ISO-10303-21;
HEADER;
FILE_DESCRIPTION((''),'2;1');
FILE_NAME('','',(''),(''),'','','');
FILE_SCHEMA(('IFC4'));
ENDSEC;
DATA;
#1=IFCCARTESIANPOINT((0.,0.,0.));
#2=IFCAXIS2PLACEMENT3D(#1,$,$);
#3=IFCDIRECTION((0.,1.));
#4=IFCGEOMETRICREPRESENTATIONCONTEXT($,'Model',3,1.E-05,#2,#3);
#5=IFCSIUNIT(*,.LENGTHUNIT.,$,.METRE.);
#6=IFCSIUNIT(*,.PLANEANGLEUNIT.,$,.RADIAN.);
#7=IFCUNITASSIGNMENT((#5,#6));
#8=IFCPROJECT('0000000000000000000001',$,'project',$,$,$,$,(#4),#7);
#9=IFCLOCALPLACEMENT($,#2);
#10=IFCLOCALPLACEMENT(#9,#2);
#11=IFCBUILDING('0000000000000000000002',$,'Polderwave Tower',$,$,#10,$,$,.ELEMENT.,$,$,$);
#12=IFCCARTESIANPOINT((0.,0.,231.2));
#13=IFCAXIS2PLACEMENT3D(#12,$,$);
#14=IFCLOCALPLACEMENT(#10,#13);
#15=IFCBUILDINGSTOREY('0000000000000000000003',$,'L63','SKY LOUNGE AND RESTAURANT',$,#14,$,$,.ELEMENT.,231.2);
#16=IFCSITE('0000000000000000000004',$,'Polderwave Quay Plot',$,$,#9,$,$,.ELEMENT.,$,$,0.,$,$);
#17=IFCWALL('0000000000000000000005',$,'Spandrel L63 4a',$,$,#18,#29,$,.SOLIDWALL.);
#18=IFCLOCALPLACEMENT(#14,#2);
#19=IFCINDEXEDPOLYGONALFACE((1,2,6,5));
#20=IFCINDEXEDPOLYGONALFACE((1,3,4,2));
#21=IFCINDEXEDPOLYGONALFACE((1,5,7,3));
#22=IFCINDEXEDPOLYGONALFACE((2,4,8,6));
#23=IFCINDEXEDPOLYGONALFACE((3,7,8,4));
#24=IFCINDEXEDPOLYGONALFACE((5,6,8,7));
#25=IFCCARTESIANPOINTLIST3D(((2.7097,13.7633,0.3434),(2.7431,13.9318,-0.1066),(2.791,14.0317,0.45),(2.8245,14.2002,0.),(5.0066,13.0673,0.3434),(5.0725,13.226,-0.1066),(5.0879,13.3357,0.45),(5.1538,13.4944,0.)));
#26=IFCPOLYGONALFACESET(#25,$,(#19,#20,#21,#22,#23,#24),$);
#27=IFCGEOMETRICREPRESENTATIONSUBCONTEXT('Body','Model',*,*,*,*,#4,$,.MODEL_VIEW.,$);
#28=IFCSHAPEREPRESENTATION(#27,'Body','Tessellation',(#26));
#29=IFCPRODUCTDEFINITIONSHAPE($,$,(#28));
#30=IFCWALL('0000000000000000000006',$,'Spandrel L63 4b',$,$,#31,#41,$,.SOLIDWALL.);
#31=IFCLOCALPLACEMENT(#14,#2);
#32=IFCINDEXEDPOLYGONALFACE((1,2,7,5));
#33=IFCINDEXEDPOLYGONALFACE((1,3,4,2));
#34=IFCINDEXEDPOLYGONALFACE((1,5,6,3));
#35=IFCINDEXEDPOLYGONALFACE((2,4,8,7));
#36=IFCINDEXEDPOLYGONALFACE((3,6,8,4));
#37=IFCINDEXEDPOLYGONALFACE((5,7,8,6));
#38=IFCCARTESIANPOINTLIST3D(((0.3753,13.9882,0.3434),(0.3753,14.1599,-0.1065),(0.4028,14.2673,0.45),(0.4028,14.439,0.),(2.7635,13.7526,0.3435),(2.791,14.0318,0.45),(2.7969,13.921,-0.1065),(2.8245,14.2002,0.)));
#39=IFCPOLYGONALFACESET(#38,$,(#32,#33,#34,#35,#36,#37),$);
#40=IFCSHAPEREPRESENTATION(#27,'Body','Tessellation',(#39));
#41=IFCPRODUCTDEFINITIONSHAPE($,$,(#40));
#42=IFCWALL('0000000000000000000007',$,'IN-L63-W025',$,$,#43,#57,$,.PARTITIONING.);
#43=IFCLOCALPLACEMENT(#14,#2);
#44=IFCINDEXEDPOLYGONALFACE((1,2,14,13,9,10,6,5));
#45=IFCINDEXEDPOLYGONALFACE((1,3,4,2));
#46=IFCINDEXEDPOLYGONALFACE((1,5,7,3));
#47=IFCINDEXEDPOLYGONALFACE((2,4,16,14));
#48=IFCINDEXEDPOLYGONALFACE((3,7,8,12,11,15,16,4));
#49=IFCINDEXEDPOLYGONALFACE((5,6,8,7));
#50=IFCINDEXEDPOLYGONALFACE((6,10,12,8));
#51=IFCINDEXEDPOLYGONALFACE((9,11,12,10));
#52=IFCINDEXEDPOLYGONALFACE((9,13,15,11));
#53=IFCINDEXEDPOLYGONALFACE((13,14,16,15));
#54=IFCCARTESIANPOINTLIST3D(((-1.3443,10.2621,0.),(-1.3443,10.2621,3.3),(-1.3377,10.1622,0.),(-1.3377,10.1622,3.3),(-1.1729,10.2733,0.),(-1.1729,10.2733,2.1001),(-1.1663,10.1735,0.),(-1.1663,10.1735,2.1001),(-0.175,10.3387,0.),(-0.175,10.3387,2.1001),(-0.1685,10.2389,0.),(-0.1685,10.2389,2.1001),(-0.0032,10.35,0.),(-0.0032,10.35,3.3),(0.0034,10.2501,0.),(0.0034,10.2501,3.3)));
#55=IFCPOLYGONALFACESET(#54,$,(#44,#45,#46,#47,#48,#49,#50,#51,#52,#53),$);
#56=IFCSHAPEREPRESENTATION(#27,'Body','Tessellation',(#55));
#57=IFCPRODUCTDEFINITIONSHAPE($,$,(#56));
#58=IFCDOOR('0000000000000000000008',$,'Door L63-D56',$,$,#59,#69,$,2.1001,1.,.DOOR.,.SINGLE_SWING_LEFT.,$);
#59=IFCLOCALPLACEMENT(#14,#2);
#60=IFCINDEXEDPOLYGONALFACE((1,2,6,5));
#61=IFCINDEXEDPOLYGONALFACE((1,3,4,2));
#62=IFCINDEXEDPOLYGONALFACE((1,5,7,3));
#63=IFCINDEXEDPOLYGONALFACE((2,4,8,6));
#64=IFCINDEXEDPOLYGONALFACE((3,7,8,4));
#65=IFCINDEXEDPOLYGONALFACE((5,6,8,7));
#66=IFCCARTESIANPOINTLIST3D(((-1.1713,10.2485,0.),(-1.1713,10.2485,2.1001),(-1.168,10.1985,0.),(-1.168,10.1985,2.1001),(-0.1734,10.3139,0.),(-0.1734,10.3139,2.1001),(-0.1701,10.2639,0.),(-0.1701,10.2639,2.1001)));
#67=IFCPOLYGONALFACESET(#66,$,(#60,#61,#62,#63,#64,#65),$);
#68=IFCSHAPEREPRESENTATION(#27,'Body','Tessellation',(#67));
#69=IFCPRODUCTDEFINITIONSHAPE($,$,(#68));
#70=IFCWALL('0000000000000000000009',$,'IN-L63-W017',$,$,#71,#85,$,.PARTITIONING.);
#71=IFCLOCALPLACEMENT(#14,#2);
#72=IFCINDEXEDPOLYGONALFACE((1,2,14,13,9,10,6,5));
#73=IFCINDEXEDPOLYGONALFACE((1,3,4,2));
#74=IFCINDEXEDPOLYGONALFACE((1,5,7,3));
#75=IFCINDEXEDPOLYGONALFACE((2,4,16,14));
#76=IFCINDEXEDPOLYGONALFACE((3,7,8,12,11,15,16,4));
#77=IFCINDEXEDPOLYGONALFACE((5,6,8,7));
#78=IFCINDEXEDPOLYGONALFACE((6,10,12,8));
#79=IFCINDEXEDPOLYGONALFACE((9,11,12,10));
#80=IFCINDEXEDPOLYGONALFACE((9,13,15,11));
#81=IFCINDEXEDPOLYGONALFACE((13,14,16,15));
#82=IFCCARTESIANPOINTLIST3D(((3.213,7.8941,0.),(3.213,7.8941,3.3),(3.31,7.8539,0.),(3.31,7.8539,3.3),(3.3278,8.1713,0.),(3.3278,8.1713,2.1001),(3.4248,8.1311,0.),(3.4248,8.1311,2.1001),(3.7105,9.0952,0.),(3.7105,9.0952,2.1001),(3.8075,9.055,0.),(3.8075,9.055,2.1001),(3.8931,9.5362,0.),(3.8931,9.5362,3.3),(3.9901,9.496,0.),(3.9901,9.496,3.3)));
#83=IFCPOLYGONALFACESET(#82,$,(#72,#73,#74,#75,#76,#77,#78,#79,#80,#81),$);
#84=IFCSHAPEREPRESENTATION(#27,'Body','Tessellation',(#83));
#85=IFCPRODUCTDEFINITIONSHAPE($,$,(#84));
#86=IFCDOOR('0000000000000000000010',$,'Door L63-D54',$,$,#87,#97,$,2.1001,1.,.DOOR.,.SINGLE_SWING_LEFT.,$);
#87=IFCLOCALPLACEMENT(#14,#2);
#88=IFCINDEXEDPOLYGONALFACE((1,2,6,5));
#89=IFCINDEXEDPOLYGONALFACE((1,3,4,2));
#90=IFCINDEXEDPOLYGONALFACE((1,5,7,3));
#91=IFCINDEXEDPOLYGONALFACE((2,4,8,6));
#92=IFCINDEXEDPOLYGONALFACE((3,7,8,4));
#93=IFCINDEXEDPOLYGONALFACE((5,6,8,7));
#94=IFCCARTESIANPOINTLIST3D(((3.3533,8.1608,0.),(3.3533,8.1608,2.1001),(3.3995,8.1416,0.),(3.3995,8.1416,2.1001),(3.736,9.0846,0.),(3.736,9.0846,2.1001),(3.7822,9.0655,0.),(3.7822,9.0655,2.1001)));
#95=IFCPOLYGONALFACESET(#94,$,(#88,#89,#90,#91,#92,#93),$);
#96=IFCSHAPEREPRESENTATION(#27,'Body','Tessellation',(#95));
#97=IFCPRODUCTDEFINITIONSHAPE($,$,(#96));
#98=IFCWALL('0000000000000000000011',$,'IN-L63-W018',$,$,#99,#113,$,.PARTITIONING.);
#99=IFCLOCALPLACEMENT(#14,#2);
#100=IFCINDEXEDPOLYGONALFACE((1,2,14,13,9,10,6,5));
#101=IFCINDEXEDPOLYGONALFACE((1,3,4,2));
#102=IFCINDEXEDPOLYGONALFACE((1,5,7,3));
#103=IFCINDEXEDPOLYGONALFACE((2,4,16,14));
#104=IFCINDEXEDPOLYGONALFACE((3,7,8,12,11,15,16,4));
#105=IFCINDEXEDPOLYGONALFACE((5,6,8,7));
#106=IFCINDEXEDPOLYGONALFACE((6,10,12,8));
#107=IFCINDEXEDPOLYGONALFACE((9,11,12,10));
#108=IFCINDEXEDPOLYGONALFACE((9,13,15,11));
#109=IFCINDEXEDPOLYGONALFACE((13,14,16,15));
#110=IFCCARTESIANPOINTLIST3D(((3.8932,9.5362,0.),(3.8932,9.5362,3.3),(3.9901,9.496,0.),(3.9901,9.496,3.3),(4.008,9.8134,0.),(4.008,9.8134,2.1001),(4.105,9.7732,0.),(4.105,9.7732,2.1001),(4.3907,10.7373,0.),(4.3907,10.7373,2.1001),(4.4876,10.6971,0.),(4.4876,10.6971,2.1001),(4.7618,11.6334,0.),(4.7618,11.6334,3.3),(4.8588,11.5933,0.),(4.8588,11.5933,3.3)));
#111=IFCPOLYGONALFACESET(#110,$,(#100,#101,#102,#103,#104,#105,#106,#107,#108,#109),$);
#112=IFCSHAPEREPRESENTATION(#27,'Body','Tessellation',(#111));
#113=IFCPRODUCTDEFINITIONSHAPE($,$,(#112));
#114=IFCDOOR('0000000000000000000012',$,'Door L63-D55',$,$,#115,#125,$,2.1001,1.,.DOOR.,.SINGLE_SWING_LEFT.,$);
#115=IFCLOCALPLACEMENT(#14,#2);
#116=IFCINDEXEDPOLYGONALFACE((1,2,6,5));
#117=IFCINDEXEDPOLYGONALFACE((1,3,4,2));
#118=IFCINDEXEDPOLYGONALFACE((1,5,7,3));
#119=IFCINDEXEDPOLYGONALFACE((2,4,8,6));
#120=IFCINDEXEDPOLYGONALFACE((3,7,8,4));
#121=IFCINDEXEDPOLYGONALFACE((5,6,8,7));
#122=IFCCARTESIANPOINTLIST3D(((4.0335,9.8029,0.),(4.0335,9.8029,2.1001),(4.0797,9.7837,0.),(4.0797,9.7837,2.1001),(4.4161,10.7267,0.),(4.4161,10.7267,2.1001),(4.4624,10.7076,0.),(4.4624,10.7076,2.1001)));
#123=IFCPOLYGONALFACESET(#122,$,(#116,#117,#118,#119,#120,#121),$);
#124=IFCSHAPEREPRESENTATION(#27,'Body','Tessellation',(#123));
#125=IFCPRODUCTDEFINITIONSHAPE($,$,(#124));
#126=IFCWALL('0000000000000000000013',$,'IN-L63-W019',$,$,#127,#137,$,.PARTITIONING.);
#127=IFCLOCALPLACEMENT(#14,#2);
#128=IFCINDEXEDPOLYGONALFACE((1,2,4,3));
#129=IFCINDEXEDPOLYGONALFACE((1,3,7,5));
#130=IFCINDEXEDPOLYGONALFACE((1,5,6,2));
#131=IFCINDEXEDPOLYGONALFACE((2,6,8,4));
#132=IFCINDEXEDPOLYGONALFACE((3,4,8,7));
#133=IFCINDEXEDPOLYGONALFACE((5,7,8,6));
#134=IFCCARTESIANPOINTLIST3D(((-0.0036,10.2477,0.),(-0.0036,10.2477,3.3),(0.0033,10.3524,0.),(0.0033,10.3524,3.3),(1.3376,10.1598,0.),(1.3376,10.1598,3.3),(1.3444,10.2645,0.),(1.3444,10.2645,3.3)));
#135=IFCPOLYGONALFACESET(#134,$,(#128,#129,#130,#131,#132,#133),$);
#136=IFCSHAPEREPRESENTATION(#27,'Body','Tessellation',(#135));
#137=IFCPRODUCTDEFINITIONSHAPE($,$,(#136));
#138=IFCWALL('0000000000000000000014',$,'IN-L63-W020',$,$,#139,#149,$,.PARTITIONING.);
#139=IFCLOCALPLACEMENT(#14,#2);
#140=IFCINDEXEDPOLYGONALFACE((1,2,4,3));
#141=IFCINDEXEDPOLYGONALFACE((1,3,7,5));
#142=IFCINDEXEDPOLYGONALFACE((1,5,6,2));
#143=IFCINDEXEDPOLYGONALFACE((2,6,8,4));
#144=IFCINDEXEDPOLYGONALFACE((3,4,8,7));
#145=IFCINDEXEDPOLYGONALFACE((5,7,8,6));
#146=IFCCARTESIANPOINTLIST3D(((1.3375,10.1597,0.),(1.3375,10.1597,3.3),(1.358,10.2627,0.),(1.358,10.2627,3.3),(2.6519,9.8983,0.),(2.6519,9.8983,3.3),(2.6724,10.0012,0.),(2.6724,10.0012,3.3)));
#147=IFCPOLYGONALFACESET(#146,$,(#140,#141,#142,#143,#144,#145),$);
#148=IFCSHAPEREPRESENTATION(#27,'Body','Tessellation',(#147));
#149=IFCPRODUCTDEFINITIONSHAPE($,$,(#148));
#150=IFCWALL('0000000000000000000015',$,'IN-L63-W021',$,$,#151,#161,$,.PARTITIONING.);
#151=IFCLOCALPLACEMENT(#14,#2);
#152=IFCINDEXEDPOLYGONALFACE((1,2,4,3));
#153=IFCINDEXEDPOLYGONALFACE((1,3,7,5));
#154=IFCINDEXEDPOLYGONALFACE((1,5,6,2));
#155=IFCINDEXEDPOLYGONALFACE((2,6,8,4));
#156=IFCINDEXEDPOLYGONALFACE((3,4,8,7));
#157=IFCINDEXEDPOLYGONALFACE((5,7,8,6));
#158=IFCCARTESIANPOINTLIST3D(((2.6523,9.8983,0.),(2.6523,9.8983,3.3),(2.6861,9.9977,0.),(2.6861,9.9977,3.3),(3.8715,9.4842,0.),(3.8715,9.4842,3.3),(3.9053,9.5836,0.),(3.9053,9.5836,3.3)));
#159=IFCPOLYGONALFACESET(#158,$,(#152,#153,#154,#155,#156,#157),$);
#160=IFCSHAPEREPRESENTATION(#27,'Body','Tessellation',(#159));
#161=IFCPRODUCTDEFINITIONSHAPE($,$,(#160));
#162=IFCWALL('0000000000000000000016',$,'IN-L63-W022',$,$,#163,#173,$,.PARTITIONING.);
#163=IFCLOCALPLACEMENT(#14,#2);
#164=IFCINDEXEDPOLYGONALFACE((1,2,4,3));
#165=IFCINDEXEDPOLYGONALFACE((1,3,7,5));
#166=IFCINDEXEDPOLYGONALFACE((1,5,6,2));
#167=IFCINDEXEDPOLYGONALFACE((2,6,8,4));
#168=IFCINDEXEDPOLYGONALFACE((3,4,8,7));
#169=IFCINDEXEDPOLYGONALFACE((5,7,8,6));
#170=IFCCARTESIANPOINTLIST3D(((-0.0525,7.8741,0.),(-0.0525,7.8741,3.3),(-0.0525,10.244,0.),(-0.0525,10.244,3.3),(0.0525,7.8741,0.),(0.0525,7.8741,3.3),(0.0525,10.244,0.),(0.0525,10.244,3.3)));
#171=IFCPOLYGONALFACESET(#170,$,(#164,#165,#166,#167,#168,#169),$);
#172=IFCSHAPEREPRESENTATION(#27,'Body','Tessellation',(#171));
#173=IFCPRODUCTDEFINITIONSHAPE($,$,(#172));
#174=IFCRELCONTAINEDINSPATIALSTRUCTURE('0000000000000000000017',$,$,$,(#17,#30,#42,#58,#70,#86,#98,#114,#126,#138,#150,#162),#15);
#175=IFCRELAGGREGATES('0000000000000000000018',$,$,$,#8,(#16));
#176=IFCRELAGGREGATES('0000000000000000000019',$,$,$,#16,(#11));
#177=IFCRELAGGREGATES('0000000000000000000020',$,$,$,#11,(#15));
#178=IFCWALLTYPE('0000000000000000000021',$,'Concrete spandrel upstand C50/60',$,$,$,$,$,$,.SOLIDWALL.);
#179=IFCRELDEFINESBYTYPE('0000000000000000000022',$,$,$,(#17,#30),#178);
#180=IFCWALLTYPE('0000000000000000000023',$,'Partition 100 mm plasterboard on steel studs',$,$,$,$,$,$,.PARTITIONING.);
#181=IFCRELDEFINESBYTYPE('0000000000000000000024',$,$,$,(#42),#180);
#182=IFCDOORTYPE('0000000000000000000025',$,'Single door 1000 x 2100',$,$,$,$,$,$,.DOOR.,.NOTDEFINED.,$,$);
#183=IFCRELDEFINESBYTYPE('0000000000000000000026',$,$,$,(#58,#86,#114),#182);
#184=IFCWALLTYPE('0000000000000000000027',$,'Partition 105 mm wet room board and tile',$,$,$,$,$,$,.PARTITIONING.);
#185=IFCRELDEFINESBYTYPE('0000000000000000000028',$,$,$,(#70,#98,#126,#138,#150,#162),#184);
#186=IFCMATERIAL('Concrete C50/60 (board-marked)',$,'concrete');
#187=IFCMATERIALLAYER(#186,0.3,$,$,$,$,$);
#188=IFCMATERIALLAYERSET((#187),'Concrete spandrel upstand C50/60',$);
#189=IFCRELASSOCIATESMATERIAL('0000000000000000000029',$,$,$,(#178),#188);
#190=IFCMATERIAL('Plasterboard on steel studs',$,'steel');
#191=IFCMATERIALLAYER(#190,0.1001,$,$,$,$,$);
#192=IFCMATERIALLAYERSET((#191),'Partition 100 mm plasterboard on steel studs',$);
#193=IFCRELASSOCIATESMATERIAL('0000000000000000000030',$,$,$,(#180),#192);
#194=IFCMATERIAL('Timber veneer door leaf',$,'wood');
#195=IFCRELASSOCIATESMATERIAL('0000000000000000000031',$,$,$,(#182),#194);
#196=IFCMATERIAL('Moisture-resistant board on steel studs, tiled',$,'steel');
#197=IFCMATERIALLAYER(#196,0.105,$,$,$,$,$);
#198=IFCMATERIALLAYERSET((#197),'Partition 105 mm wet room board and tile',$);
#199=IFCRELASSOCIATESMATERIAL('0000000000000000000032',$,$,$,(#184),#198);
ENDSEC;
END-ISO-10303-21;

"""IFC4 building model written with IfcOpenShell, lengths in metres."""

from ifc_helpers import new_model, si_unit, direction, frame, frame_2d, origin, place, context, subcontext, project, spatial, polyline, rectangle, outline, extrude, material, layer, layer_set, type_object, element, fill, save


model = new_model("IFC4")

# Units and contexts
model_context = context("Model", 3, precision=1e-05, world=origin(), true_north=direction((0.0, 1.0)))
body_context = subcontext(model_context, "Body", "Model", "MODEL_VIEW")
ifc_project = project(units=[si_unit("LENGTHUNIT", "METRE"), si_unit("PLANEANGLEUNIT", "RADIAN")], contexts=[model_context])

# Site, building, storey
site_placement = place(None, origin())
site = spatial("IfcSite", under=ifc_project, at=site_placement, Name="Polderwave Quay Plot", CompositionType="ELEMENT", RefElevation=0.0)
building_placement = place(site_placement, origin())
building = spatial("IfcBuilding", under=site, at=building_placement, Name="Polderwave Tower", CompositionType="ELEMENT")
storey_placement = place(building_placement, frame((0.0, 0.0, 231.2)))
storey = spatial("IfcBuildingStorey", under=building, at=storey_placement, Name="L63", Description="SKY LOUNGE AND RESTAURANT", CompositionType="ELEMENT", Elevation=231.2)

# Walls
ifc_material_1 = material(Name="Concrete C50/60 (board-marked)", Category="concrete")
ifc_layer_1 = layer(ifc_material_1, 0.3)
ifc_layer_set_1 = layer_set([ifc_layer_1], Name="Concrete spandrel upstand C50/60")
wall_type_1 = type_object("IfcWallType", Name="Concrete spandrel upstand C50/60", PredefinedType="SOLIDWALL", material=ifc_layer_set_1)
wall_1_placement = place(storey_placement, frame((5.1538, 13.4944, 0.0), z_axis=(0.271095, 0.894631, 0.355166), x_axis=(-0.957027, 0.29, 0.000005)))
element("IfcWall", 1, at=wall_1_placement, inside=storey, type_object=wall_type_1, Name="Spandrel L63 4a", PredefinedType="SOLIDWALL", context=body_context, shape_type="SweptSolid", body=[
    extrude(outline(polyline([(0.0, 0.0), (2.4339, 0.0), (2.4171, 0.4813), (0.0171, 0.4813), (0.0, 0.0)])), origin(), (0.0, 0.0, -1.0), 0.3),
])
wall_2_placement = place(storey_placement, frame((2.8245, 14.2002, 0.0), z_axis=(0.091755, 0.930351, 0.355005), x_axis=(-0.995172, 0.098145, 0.000008)))
element("IfcWall", 2, at=wall_2_placement, inside=storey, type_object=wall_type_1, Name="Spandrel L63 4b", PredefinedType="SOLIDWALL", context=body_context, shape_type="SweptSolid", body=[
    extrude(outline(polyline([(0.0, 0.0), (2.4334, 0.0), (2.4165, 0.4813), (0.0168, 0.4813), (0.0, 0.0)])), origin(), (0.0, 0.0, -1.0), 0.3),
])

# Walls, openings, doors
ifc_material_2 = material(Name="Plasterboard on steel studs", Category="steel")
ifc_layer_2 = layer(ifc_material_2, 0.1001)
ifc_layer_set_2 = layer_set([ifc_layer_2], Name="Partition 100 mm plasterboard on steel studs")
wall_type_2 = type_object("IfcWallType", Name="Partition 100 mm plasterboard on steel studs", PredefinedType="PARTITIONING", material=ifc_layer_set_2)
wall_3_placement = place(storey_placement, frame((0.0, 10.3, 0.0), z_axis=(0.0, 0.0, 1.0), x_axis=(-0.997859, -0.065398, 0.0)))
wall_3 = element("IfcWall", 3, at=wall_3_placement, inside=storey, type_object=wall_type_2, Name="IN-L63-W025", PredefinedType="PARTITIONING", context=body_context, shape_type="SweptSolid", body=[
    extrude(rectangle(XDim=1.344, YDim=0.1001, at=frame_2d((0.6719, 0.0))), origin(), (0.0, 0.0, 1.0), 3.3),
])
opening_1_placement = place(wall_3_placement, frame((0.1721, 0.0, 0.0)))
opening_1 = element("IfcOpeningElement", 4, at=opening_1_placement, cuts=wall_3, PredefinedType="OPENING", context=body_context, shape_type="SweptSolid", body=[
    extrude(rectangle(XDim=1.0, YDim=2.1001, at=frame_2d((0.5, 1.05))), frame((0.0, 0.0601, 0.0), z_axis=(0.0, -1.0, 0.0), x_axis=(1.0, 0.0, 0.0)), (0.0, 0.0, 1.0), 0.1201),
])
ifc_material_3 = material(Name="Timber veneer door leaf", Category="wood")
door_type = type_object("IfcDoorType", Name="Single door 1000 x 2100", OperationType="NOTDEFINED", PredefinedType="DOOR", material=ifc_material_3)
door_1_placement = place(opening_1_placement, origin())
door_1 = element("IfcDoor", 5, at=door_1_placement, inside=storey, type_object=door_type, Name="Door L63-D56", OperationType="SINGLE_SWING_LEFT", OverallHeight=2.1001, OverallWidth=1.0, PredefinedType="DOOR", context=body_context, shape_type="SweptSolid", body=[
    extrude(rectangle(XDim=1.0, YDim=2.1001, at=frame_2d((0.5, 1.05))), frame((0.0, 0.0249, 0.0), z_axis=(0.0, -1.0, 0.0), x_axis=(1.0, 0.0, 0.0)), (0.0, 0.0, 1.0), 0.05),
])
fill(opening_1, door_1)
ifc_material_4 = material(Name="Moisture-resistant board on steel studs, tiled", Category="steel")
ifc_layer_3 = layer(ifc_material_4, 0.105)
ifc_layer_set_3 = layer_set([ifc_layer_3], Name="Partition 105 mm wet room board and tile")
wall_type_3 = type_object("IfcWallType", Name="Partition 105 mm wet room board and tile", PredefinedType="PARTITIONING", material=ifc_layer_set_3)
wall_4_placement = place(storey_placement, frame((3.2615, 7.874, 0.0), z_axis=(0.0, 0.0, 1.0), x_axis=(0.382683, 0.92388, 0.0)))
wall_4 = element("IfcWall", 6, at=wall_4_placement, inside=storey, type_object=wall_type_3, Name="IN-L63-W017", PredefinedType="PARTITIONING", context=body_context, shape_type="SweptSolid", body=[
    extrude(rectangle(XDim=1.7773, YDim=0.105, at=frame_2d((0.8887, 0.0))), origin(), (0.0, 0.0, 1.0), 3.3),
])
opening_2_placement = place(wall_4_placement, frame((0.3, 0.0, 0.0)))
opening_2 = element("IfcOpeningElement", 7, at=opening_2_placement, cuts=wall_4, PredefinedType="OPENING", context=body_context, shape_type="SweptSolid", body=[
    extrude(rectangle(XDim=1.0, YDim=2.1001, at=frame_2d((0.5, 1.05))), frame((0.0, 0.0625, 0.0), z_axis=(0.0, -1.0, 0.0), x_axis=(1.0, 0.0, 0.0)), (0.0, 0.0, 1.0), 0.125),
])
door_2_placement = place(opening_2_placement, origin())
door_2 = element("IfcDoor", 8, at=door_2_placement, inside=storey, type_object=door_type, Name="Door L63-D54", OperationType="SINGLE_SWING_LEFT", OverallHeight=2.1001, OverallWidth=1.0, PredefinedType="DOOR", context=body_context, shape_type="SweptSolid", body=[
    extrude(rectangle(XDim=1.0, YDim=2.1001, at=frame_2d((0.5, 1.05))), frame((0.0, 0.0249, 0.0), z_axis=(0.0, -1.0, 0.0), x_axis=(1.0, 0.0, 0.0)), (0.0, 0.0, 1.0), 0.05),
])
fill(opening_2, door_2)
wall_5_placement = place(storey_placement, frame((3.9417, 9.5161, 0.0), z_axis=(0.0, 0.0, 1.0), x_axis=(0.382675, 0.923883, 0.0)))
wall_5 = element("IfcWall", 9, at=wall_5_placement, inside=storey, type_object=wall_type_3, Name="IN-L63-W018", PredefinedType="PARTITIONING", context=body_context, shape_type="SweptSolid", body=[
    extrude(rectangle(XDim=2.27, YDim=0.105, at=frame_2d((1.135, 0.0))), origin(), (0.0, 0.0, 1.0), 3.3),
])
opening_3_placement = place(wall_5_placement, frame((0.3, 0.0, 0.0)))
opening_3 = element("IfcOpeningElement", 10, at=opening_3_placement, cuts=wall_5, PredefinedType="OPENING", context=body_context, shape_type="SweptSolid", body=[
    extrude(rectangle(XDim=1.0, YDim=2.1001, at=frame_2d((0.5, 1.05))), frame((0.0, 0.0625, 0.0), z_axis=(0.0, -1.0, 0.0), x_axis=(1.0, 0.0, 0.0)), (0.0, 0.0, 1.0), 0.125),
])
door_3_placement = place(opening_3_placement, origin())
door_3 = element("IfcDoor", 11, at=door_3_placement, inside=storey, type_object=door_type, Name="Door L63-D55", OperationType="SINGLE_SWING_LEFT", OverallHeight=2.1001, OverallWidth=1.0, PredefinedType="DOOR", context=body_context, shape_type="SweptSolid", body=[
    extrude(rectangle(XDim=1.0, YDim=2.1001, at=frame_2d((0.5, 1.05))), frame((0.0, 0.0249, 0.0), z_axis=(0.0, -1.0, 0.0), x_axis=(1.0, 0.0, 0.0)), (0.0, 0.0, 1.0), 0.05),
])
fill(opening_3, door_3)

# Walls
wall_6_placement = place(storey_placement, frame((0.0, 10.3, 0.0), z_axis=(0.0, 0.0, 1.0), x_axis=(0.997859, -0.065398, 0.0)))
element("IfcWall", 12, at=wall_6_placement, inside=storey, type_object=wall_type_3, Name="IN-L63-W019", PredefinedType="PARTITIONING", context=body_context, shape_type="SweptSolid", body=[
    extrude(rectangle(XDim=1.344, YDim=0.105, at=frame_2d((0.6719, 0.0))), origin(), (0.0, 0.0, 1.0), 3.3),
])
wall_7_placement = place(storey_placement, frame((1.3479, 10.2112, 0.0), z_axis=(0.0, 0.0, 1.0), x_axis=(0.980783, -0.1951, 0.0)))
element("IfcWall", 13, at=wall_7_placement, inside=storey, type_object=wall_type_3, Name="IN-L63-W020", PredefinedType="PARTITIONING", context=body_context, shape_type="SweptSolid", body=[
    extrude(rectangle(XDim=1.3401, YDim=0.105, at=frame_2d((0.6699, 0.0))), origin(), (0.0, 0.0, 1.0), 3.3),
])
wall_8_placement = place(storey_placement, frame((2.6692, 9.948, 0.0), z_axis=(0.0, 0.0, 1.0), x_axis=(0.946886, -0.32157, 0.0)))
element("IfcWall", 14, at=wall_8_placement, inside=storey, type_object=wall_type_3, Name="IN-L63-W021", PredefinedType="PARTITIONING", context=body_context, shape_type="SweptSolid", body=[
    extrude(rectangle(XDim=1.2876, YDim=0.105, at=frame_2d((0.6438, 0.0))), origin(), (0.0, 0.0, 1.0), 3.3),
])
wall_9_placement = place(storey_placement, frame((0.0, 7.874, 0.0), z_axis=(0.0, 0.0, 1.0), x_axis=(0.0, 1.0, 0.0)))
element("IfcWall", 15, at=wall_9_placement, inside=storey, type_object=wall_type_3, Name="IN-L63-W022", PredefinedType="PARTITIONING", context=body_context, shape_type="SweptSolid", body=[
    extrude(rectangle(XDim=2.3699, YDim=0.105, at=frame_2d((1.1851, 0.0))), origin(), (0.0, 0.0, 1.0), 3.3),
])

save(model, "model.ifc")
